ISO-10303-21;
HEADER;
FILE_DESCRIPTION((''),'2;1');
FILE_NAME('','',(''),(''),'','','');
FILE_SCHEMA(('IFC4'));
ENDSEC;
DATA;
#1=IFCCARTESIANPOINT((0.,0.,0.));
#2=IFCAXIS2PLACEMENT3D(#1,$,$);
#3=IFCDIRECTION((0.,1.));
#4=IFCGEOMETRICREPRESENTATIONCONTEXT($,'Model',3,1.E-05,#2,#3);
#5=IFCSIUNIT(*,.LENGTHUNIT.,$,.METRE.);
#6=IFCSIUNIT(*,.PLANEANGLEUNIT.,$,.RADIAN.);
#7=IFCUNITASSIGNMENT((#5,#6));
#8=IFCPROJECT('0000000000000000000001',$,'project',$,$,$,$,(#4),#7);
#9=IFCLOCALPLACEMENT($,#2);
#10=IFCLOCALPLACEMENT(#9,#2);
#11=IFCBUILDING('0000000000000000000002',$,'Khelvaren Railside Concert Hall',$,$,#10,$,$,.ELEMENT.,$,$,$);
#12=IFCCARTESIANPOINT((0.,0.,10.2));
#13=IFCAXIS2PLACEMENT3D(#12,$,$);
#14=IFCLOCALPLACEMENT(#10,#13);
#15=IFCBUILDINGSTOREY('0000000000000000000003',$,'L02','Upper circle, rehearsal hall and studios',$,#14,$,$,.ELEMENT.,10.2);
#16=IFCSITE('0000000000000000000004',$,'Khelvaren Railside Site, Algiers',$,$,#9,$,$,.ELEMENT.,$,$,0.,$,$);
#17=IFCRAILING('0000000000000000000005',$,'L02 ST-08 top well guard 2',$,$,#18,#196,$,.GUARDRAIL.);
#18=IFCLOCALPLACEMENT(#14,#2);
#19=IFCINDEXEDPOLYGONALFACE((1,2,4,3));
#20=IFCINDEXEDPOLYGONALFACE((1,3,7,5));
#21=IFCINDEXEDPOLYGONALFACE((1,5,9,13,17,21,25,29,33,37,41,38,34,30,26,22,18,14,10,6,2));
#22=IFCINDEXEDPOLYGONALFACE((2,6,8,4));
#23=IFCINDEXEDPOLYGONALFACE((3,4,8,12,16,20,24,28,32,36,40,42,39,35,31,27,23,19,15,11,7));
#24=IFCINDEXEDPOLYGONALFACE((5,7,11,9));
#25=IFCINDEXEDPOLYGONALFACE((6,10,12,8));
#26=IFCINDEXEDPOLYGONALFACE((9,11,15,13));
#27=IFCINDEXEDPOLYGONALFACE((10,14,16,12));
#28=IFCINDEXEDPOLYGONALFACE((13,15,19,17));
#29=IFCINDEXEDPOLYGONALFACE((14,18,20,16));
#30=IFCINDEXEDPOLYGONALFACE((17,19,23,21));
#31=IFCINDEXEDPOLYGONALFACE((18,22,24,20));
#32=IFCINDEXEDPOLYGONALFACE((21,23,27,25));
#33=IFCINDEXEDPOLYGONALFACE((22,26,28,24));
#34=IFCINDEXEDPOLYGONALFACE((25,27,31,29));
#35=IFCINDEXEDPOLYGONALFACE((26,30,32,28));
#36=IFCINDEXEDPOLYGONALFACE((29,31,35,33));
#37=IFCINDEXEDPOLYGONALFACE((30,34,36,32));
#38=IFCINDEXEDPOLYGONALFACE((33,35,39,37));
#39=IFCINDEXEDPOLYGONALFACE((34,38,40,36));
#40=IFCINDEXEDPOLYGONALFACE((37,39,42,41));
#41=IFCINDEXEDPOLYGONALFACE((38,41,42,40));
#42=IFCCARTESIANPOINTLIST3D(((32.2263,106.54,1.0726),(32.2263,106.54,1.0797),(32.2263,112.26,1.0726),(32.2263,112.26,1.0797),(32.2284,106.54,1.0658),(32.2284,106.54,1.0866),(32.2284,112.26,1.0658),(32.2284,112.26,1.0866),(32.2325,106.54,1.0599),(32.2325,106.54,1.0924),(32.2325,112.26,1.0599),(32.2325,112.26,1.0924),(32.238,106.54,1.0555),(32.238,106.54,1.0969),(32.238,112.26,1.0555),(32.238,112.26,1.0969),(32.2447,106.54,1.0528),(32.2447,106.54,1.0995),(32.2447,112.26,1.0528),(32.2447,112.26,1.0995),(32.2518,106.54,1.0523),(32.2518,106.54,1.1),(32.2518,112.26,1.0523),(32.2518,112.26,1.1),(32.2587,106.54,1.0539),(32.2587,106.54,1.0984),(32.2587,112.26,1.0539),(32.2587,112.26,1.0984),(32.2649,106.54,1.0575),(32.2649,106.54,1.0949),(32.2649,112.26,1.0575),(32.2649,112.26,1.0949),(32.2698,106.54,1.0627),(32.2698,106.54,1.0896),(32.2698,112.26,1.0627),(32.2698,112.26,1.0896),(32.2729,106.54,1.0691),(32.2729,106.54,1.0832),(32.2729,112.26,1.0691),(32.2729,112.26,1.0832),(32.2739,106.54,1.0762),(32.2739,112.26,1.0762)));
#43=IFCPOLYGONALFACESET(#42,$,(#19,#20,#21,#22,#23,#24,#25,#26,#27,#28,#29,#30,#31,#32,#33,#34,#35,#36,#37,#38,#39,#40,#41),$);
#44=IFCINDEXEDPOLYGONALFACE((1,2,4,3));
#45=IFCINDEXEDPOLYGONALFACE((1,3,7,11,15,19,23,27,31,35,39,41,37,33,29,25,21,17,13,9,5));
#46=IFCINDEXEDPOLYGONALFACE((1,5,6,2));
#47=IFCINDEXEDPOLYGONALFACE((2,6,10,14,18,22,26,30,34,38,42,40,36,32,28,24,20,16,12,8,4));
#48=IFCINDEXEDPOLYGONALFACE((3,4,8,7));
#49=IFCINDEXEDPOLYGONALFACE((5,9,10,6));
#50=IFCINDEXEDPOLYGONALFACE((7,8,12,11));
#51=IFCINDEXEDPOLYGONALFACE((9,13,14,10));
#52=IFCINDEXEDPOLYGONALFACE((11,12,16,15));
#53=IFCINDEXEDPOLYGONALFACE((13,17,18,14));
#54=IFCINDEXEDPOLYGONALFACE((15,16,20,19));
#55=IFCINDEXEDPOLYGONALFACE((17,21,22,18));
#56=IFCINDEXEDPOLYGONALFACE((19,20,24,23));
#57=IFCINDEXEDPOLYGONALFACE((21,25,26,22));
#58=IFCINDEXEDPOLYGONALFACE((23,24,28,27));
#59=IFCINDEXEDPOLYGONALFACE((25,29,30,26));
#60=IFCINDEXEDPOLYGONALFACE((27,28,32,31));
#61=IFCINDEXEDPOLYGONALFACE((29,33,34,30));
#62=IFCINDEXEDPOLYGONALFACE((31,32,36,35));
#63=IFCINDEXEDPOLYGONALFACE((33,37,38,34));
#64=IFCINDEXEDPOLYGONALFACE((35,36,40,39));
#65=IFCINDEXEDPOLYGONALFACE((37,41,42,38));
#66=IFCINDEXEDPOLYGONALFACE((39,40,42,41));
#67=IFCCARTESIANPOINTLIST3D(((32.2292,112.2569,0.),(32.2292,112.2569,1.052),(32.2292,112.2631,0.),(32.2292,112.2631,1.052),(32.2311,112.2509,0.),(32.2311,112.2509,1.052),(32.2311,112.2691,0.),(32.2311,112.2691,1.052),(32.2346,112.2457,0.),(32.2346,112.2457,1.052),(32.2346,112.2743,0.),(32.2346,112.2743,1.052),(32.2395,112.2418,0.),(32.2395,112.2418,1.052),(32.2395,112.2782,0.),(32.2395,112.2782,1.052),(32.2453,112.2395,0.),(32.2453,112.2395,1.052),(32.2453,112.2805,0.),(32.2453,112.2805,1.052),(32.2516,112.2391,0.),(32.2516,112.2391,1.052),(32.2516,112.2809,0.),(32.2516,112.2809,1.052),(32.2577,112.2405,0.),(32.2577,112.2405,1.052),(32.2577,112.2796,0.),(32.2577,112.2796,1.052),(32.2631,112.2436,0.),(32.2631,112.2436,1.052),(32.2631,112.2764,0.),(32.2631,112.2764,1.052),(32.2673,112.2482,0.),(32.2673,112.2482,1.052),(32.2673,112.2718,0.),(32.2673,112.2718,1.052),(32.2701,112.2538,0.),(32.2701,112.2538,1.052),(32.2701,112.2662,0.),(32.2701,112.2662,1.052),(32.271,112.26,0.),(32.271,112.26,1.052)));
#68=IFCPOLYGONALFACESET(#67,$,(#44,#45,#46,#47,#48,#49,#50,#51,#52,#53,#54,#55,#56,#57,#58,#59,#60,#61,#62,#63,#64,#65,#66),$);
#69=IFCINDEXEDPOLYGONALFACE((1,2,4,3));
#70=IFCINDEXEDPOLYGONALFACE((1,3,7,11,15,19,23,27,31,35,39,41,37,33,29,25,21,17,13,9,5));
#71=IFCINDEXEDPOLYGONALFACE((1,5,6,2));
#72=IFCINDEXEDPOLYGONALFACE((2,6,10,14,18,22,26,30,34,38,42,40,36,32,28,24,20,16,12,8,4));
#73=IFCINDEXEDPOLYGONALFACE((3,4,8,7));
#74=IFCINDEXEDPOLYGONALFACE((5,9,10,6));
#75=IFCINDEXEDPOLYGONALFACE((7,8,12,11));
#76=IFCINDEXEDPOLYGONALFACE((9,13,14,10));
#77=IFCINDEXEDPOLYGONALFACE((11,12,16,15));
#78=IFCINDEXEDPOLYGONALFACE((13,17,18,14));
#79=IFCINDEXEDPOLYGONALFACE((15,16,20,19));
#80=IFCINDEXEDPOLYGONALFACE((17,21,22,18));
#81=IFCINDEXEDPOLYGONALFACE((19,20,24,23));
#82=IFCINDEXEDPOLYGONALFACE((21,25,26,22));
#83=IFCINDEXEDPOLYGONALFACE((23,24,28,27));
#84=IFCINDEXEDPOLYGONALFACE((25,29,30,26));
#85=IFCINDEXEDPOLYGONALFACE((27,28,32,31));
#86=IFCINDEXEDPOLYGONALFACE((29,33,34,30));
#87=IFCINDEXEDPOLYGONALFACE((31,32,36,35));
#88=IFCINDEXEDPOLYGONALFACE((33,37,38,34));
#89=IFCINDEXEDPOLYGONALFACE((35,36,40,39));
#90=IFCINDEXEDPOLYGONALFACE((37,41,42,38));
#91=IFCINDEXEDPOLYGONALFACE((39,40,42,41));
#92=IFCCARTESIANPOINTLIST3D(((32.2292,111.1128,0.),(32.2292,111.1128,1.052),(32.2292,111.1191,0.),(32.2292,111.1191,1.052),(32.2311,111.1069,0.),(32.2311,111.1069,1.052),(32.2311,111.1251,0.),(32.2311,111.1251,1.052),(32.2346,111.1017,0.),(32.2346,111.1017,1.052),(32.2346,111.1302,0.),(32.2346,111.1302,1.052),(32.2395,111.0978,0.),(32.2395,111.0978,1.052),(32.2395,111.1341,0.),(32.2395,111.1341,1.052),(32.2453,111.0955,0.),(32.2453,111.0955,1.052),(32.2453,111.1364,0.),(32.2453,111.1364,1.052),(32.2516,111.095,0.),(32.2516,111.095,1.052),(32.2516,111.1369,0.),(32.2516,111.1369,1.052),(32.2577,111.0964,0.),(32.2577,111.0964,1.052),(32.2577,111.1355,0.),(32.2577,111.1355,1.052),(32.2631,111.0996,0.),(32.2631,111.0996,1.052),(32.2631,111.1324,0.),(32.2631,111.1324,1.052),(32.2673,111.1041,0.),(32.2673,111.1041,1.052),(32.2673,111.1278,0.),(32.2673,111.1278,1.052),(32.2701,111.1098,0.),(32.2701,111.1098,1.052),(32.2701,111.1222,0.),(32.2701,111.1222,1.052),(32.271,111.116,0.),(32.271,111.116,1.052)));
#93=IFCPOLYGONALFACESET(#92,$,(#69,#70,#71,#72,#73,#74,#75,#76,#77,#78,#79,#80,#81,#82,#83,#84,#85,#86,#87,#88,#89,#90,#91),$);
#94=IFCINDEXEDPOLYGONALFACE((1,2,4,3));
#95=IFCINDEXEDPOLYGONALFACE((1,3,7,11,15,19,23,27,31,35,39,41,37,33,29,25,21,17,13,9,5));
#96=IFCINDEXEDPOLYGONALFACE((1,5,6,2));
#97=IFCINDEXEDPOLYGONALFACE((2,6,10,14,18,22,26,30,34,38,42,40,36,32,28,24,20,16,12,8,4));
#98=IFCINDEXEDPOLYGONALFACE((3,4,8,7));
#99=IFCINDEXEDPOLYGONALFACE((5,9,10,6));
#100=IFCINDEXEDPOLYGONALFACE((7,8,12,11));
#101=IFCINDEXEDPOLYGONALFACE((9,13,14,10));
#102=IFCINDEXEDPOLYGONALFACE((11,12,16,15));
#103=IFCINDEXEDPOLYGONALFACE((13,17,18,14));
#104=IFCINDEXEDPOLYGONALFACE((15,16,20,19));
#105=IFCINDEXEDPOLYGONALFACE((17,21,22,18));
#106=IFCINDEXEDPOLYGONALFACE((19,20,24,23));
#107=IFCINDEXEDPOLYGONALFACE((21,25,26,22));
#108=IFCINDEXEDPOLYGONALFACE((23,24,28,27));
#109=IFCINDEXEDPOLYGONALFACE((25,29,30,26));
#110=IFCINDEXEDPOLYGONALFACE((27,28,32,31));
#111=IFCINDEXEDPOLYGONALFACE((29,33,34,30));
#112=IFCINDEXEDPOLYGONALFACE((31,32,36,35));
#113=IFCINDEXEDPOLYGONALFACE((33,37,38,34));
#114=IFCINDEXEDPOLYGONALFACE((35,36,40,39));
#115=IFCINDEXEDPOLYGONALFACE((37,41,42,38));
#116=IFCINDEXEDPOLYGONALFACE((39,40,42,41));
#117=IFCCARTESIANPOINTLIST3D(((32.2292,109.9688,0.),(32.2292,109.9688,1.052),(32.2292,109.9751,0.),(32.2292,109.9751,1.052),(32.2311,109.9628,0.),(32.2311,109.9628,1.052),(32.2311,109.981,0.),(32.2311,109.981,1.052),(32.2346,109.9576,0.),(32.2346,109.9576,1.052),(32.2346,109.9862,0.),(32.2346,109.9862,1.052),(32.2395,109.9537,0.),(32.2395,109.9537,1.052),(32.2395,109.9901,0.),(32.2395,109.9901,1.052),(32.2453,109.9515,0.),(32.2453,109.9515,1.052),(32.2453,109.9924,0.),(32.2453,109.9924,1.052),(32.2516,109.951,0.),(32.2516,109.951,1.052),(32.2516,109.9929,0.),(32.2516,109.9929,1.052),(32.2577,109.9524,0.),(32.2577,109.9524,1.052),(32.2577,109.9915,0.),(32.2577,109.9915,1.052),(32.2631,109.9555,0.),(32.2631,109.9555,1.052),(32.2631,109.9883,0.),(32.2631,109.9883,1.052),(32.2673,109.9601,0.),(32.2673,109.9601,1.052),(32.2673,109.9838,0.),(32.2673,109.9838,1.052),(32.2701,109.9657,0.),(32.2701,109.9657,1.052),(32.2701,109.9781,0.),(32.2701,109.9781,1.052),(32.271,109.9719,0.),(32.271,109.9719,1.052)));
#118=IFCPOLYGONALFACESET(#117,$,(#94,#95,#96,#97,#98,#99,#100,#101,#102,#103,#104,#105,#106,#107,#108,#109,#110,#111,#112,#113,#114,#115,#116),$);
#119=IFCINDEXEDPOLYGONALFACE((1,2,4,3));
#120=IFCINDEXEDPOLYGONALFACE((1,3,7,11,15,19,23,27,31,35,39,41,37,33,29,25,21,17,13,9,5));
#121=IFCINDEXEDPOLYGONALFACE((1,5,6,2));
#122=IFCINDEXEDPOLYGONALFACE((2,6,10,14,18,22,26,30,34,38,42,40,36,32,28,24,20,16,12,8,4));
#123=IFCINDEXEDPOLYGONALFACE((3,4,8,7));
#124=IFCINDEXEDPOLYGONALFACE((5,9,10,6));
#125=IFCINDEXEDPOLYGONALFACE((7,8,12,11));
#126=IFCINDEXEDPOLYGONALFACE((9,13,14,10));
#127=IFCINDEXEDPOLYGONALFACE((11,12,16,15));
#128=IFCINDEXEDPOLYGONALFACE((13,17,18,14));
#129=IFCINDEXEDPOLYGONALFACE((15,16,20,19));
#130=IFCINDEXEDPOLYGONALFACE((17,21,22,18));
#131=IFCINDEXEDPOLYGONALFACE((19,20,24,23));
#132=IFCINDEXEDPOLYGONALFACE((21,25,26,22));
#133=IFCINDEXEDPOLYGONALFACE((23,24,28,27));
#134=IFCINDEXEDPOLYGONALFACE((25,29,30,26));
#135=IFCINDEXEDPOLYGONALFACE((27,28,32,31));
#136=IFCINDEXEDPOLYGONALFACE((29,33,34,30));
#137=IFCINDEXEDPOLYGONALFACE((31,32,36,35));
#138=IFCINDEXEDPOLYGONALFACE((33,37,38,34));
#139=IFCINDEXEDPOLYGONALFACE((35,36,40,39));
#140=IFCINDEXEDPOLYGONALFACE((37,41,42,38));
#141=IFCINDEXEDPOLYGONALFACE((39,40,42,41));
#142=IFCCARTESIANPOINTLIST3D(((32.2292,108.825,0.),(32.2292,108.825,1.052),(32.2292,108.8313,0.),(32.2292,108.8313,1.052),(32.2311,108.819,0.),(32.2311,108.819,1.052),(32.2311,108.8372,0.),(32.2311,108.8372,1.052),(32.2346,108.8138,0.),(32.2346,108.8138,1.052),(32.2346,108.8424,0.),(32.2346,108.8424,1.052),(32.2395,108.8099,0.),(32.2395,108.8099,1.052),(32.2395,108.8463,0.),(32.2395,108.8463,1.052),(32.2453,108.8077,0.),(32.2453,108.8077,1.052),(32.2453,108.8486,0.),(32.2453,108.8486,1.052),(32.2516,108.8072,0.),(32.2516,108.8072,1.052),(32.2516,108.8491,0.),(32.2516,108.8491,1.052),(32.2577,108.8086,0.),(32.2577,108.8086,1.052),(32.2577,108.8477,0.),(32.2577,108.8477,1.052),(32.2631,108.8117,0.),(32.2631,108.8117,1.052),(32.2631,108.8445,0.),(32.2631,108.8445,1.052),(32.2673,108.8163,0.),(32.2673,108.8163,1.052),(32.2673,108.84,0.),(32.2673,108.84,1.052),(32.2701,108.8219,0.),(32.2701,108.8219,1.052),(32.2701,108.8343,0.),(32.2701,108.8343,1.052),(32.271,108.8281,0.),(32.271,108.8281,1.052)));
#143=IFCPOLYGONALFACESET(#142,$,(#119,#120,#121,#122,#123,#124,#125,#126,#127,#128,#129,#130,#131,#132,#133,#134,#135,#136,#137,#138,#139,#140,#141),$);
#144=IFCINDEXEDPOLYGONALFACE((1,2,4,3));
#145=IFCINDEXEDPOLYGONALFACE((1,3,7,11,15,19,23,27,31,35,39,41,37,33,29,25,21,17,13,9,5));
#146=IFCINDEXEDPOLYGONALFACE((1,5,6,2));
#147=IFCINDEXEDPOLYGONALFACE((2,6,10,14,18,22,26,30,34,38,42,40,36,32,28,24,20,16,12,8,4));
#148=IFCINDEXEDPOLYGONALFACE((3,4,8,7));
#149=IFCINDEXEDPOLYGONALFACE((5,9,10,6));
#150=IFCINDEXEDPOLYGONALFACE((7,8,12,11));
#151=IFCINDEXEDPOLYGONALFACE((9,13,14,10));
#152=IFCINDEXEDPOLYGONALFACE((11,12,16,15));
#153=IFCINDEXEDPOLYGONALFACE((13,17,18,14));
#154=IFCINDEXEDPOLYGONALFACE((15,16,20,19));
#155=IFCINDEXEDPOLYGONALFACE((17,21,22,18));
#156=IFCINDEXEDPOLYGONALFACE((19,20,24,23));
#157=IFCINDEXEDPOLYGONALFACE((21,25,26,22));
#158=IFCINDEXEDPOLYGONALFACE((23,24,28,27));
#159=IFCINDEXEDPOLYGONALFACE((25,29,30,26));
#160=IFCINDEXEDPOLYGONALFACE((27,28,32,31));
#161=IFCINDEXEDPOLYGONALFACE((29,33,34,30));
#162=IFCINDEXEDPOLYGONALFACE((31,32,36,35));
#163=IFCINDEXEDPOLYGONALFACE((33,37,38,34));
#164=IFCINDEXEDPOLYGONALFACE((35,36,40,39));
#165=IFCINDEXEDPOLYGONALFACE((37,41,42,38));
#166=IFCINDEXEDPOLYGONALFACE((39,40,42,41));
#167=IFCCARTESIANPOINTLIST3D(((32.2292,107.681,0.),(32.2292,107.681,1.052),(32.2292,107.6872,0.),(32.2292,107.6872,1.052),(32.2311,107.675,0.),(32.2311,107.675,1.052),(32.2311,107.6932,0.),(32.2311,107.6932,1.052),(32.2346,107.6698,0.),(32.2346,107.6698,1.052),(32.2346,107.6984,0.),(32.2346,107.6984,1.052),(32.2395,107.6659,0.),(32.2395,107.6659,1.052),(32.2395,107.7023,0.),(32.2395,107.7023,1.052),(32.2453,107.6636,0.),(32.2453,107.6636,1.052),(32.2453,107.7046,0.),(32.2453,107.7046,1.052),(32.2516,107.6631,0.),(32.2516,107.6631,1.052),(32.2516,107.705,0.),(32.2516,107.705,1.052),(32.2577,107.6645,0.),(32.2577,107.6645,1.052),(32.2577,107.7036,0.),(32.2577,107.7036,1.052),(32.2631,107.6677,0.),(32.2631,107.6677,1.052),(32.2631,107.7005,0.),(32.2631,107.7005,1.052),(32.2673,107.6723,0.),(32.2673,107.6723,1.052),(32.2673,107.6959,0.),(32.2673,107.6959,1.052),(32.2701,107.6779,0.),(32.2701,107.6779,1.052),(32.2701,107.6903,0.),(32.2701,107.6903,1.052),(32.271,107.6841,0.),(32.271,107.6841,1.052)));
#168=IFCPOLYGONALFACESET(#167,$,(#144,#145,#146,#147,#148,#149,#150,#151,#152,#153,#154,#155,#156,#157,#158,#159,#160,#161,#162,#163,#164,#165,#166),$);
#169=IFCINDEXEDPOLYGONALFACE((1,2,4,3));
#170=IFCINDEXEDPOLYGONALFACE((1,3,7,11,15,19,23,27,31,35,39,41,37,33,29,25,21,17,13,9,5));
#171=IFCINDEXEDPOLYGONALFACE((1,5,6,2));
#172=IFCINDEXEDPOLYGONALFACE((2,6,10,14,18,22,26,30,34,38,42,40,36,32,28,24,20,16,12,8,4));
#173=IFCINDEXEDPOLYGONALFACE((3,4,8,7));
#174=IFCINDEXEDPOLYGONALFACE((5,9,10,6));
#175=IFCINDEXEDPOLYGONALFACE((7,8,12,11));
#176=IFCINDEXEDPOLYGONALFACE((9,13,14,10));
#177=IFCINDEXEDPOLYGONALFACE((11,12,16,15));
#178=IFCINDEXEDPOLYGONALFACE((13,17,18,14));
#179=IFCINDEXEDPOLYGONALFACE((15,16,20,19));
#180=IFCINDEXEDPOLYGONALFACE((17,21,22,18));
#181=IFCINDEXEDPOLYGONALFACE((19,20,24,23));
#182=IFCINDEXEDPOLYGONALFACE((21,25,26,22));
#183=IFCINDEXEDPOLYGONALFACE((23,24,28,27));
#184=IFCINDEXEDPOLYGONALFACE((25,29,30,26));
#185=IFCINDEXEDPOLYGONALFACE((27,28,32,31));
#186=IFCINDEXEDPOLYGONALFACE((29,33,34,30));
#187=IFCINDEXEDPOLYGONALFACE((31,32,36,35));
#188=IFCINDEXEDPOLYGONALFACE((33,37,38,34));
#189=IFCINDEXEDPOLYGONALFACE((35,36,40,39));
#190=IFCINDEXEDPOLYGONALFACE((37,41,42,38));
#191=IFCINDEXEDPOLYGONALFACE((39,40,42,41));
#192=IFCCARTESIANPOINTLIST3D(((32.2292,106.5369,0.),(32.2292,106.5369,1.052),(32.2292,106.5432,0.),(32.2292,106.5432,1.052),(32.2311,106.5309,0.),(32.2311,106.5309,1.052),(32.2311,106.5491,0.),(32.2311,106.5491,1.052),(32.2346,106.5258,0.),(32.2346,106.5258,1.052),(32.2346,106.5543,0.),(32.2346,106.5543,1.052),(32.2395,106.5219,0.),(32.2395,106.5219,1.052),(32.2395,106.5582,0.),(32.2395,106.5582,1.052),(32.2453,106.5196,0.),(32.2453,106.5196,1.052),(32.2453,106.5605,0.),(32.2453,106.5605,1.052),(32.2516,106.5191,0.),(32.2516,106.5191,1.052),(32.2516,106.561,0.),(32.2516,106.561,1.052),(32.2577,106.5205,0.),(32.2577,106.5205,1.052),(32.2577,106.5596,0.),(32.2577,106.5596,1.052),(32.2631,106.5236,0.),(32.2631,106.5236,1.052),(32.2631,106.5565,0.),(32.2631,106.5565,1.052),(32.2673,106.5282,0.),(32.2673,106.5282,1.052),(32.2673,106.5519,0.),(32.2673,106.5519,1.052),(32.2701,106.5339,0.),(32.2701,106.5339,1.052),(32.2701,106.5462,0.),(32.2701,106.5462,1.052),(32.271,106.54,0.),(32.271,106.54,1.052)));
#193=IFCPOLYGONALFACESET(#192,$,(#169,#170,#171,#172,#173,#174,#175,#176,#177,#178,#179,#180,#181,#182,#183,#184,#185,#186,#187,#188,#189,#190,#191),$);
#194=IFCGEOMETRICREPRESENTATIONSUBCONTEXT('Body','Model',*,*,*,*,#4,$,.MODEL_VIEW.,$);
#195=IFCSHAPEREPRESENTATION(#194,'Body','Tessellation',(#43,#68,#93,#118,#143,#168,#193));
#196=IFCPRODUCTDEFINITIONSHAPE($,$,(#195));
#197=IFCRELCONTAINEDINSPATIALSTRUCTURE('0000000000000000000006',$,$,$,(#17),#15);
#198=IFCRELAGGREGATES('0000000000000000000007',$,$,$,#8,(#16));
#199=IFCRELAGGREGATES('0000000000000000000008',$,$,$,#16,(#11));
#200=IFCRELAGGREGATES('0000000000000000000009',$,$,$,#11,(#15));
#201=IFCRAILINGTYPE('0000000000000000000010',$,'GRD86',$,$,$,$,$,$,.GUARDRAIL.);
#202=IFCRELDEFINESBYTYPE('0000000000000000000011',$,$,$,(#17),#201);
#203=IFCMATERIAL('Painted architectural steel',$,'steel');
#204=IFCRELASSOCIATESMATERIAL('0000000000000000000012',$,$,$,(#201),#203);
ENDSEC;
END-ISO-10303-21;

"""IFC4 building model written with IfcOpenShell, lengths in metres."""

from ifc_helpers import new_model, si_unit, direction, frame, origin, origin_2d, place, context, subcontext, project, spatial, circle, extrude, material, type_object, element, save


model = new_model("IFC4")

# Units and contexts
model_context = context("Model", 3, precision=1e-05, world=origin(), true_north=direction((0.0, 1.0)))
body_context = subcontext(model_context, "Body", "Model", "MODEL_VIEW")
ifc_project = project(units=[si_unit("LENGTHUNIT", "METRE"), si_unit("PLANEANGLEUNIT", "RADIAN")], contexts=[model_context])

# Site, building, storey
site_placement = place(None, origin())
site = spatial("IfcSite", under=ifc_project, at=site_placement, Name="Khelvaren Railside Site, Algiers", CompositionType="ELEMENT", RefElevation=0.0)
building_placement = place(site_placement, origin())
building = spatial("IfcBuilding", under=site, at=building_placement, Name="Khelvaren Railside Concert Hall", CompositionType="ELEMENT")
storey_placement = place(building_placement, frame((0.0, 0.0, 10.2)))
storey = spatial("IfcBuildingStorey", under=building, at=storey_placement, Name="L02", Description="Upper circle, rehearsal hall and studios", CompositionType="ELEMENT", Elevation=10.2)

# Railing
ifc_material_1 = material(Name="Painted architectural steel", Category="steel")
railing_type = type_object("IfcRailingType", Name="GRD86", PredefinedType="GUARDRAIL", material=ifc_material_1)
for number, where, name in (
    (1, (32.25, 112.26, 0.0), "L02 ST-08 top well guard 2"),
):
    element("IfcRailing", number, at=place(storey_placement, frame(where)), inside=storey, type_object=railing_type, Name=name, PredefinedType="GUARDRAIL", context=body_context, shape_type="SweptSolid", body=[
        extrude(circle(Radius=0.0239, at=origin_2d()), frame((0.0, 0.0, 1.0762), z_axis=(0.0, -1.0, 0.0), x_axis=(1.0, 0.0, 0.0)), (0.0, 0.0, 1.0), 5.72),
        extrude(circle(Radius=0.021, at=origin_2d()), origin(), (0.0, 0.0, 1.0), 1.052),
        extrude(circle(Radius=0.021, at=origin_2d()), frame((0.0, -1.144, 0.0)), (0.0, 0.0, 1.0), 1.052),
        extrude(circle(Radius=0.021, at=origin_2d()), frame((0.0, -2.2881, 0.0)), (0.0, 0.0, 1.0), 1.052),
        extrude(circle(Radius=0.021, at=origin_2d()), frame((0.0, -3.4319, 0.0)), (0.0, 0.0, 1.0), 1.052),
        extrude(circle(Radius=0.021, at=origin_2d()), frame((0.0, -4.5759, 0.0)), (0.0, 0.0, 1.0), 1.052),
        extrude(circle(Radius=0.021, at=origin_2d()), frame((0.0, -5.72, 0.0)), (0.0, 0.0, 1.0), 1.052),
    ])

save(model, "model.ifc")
